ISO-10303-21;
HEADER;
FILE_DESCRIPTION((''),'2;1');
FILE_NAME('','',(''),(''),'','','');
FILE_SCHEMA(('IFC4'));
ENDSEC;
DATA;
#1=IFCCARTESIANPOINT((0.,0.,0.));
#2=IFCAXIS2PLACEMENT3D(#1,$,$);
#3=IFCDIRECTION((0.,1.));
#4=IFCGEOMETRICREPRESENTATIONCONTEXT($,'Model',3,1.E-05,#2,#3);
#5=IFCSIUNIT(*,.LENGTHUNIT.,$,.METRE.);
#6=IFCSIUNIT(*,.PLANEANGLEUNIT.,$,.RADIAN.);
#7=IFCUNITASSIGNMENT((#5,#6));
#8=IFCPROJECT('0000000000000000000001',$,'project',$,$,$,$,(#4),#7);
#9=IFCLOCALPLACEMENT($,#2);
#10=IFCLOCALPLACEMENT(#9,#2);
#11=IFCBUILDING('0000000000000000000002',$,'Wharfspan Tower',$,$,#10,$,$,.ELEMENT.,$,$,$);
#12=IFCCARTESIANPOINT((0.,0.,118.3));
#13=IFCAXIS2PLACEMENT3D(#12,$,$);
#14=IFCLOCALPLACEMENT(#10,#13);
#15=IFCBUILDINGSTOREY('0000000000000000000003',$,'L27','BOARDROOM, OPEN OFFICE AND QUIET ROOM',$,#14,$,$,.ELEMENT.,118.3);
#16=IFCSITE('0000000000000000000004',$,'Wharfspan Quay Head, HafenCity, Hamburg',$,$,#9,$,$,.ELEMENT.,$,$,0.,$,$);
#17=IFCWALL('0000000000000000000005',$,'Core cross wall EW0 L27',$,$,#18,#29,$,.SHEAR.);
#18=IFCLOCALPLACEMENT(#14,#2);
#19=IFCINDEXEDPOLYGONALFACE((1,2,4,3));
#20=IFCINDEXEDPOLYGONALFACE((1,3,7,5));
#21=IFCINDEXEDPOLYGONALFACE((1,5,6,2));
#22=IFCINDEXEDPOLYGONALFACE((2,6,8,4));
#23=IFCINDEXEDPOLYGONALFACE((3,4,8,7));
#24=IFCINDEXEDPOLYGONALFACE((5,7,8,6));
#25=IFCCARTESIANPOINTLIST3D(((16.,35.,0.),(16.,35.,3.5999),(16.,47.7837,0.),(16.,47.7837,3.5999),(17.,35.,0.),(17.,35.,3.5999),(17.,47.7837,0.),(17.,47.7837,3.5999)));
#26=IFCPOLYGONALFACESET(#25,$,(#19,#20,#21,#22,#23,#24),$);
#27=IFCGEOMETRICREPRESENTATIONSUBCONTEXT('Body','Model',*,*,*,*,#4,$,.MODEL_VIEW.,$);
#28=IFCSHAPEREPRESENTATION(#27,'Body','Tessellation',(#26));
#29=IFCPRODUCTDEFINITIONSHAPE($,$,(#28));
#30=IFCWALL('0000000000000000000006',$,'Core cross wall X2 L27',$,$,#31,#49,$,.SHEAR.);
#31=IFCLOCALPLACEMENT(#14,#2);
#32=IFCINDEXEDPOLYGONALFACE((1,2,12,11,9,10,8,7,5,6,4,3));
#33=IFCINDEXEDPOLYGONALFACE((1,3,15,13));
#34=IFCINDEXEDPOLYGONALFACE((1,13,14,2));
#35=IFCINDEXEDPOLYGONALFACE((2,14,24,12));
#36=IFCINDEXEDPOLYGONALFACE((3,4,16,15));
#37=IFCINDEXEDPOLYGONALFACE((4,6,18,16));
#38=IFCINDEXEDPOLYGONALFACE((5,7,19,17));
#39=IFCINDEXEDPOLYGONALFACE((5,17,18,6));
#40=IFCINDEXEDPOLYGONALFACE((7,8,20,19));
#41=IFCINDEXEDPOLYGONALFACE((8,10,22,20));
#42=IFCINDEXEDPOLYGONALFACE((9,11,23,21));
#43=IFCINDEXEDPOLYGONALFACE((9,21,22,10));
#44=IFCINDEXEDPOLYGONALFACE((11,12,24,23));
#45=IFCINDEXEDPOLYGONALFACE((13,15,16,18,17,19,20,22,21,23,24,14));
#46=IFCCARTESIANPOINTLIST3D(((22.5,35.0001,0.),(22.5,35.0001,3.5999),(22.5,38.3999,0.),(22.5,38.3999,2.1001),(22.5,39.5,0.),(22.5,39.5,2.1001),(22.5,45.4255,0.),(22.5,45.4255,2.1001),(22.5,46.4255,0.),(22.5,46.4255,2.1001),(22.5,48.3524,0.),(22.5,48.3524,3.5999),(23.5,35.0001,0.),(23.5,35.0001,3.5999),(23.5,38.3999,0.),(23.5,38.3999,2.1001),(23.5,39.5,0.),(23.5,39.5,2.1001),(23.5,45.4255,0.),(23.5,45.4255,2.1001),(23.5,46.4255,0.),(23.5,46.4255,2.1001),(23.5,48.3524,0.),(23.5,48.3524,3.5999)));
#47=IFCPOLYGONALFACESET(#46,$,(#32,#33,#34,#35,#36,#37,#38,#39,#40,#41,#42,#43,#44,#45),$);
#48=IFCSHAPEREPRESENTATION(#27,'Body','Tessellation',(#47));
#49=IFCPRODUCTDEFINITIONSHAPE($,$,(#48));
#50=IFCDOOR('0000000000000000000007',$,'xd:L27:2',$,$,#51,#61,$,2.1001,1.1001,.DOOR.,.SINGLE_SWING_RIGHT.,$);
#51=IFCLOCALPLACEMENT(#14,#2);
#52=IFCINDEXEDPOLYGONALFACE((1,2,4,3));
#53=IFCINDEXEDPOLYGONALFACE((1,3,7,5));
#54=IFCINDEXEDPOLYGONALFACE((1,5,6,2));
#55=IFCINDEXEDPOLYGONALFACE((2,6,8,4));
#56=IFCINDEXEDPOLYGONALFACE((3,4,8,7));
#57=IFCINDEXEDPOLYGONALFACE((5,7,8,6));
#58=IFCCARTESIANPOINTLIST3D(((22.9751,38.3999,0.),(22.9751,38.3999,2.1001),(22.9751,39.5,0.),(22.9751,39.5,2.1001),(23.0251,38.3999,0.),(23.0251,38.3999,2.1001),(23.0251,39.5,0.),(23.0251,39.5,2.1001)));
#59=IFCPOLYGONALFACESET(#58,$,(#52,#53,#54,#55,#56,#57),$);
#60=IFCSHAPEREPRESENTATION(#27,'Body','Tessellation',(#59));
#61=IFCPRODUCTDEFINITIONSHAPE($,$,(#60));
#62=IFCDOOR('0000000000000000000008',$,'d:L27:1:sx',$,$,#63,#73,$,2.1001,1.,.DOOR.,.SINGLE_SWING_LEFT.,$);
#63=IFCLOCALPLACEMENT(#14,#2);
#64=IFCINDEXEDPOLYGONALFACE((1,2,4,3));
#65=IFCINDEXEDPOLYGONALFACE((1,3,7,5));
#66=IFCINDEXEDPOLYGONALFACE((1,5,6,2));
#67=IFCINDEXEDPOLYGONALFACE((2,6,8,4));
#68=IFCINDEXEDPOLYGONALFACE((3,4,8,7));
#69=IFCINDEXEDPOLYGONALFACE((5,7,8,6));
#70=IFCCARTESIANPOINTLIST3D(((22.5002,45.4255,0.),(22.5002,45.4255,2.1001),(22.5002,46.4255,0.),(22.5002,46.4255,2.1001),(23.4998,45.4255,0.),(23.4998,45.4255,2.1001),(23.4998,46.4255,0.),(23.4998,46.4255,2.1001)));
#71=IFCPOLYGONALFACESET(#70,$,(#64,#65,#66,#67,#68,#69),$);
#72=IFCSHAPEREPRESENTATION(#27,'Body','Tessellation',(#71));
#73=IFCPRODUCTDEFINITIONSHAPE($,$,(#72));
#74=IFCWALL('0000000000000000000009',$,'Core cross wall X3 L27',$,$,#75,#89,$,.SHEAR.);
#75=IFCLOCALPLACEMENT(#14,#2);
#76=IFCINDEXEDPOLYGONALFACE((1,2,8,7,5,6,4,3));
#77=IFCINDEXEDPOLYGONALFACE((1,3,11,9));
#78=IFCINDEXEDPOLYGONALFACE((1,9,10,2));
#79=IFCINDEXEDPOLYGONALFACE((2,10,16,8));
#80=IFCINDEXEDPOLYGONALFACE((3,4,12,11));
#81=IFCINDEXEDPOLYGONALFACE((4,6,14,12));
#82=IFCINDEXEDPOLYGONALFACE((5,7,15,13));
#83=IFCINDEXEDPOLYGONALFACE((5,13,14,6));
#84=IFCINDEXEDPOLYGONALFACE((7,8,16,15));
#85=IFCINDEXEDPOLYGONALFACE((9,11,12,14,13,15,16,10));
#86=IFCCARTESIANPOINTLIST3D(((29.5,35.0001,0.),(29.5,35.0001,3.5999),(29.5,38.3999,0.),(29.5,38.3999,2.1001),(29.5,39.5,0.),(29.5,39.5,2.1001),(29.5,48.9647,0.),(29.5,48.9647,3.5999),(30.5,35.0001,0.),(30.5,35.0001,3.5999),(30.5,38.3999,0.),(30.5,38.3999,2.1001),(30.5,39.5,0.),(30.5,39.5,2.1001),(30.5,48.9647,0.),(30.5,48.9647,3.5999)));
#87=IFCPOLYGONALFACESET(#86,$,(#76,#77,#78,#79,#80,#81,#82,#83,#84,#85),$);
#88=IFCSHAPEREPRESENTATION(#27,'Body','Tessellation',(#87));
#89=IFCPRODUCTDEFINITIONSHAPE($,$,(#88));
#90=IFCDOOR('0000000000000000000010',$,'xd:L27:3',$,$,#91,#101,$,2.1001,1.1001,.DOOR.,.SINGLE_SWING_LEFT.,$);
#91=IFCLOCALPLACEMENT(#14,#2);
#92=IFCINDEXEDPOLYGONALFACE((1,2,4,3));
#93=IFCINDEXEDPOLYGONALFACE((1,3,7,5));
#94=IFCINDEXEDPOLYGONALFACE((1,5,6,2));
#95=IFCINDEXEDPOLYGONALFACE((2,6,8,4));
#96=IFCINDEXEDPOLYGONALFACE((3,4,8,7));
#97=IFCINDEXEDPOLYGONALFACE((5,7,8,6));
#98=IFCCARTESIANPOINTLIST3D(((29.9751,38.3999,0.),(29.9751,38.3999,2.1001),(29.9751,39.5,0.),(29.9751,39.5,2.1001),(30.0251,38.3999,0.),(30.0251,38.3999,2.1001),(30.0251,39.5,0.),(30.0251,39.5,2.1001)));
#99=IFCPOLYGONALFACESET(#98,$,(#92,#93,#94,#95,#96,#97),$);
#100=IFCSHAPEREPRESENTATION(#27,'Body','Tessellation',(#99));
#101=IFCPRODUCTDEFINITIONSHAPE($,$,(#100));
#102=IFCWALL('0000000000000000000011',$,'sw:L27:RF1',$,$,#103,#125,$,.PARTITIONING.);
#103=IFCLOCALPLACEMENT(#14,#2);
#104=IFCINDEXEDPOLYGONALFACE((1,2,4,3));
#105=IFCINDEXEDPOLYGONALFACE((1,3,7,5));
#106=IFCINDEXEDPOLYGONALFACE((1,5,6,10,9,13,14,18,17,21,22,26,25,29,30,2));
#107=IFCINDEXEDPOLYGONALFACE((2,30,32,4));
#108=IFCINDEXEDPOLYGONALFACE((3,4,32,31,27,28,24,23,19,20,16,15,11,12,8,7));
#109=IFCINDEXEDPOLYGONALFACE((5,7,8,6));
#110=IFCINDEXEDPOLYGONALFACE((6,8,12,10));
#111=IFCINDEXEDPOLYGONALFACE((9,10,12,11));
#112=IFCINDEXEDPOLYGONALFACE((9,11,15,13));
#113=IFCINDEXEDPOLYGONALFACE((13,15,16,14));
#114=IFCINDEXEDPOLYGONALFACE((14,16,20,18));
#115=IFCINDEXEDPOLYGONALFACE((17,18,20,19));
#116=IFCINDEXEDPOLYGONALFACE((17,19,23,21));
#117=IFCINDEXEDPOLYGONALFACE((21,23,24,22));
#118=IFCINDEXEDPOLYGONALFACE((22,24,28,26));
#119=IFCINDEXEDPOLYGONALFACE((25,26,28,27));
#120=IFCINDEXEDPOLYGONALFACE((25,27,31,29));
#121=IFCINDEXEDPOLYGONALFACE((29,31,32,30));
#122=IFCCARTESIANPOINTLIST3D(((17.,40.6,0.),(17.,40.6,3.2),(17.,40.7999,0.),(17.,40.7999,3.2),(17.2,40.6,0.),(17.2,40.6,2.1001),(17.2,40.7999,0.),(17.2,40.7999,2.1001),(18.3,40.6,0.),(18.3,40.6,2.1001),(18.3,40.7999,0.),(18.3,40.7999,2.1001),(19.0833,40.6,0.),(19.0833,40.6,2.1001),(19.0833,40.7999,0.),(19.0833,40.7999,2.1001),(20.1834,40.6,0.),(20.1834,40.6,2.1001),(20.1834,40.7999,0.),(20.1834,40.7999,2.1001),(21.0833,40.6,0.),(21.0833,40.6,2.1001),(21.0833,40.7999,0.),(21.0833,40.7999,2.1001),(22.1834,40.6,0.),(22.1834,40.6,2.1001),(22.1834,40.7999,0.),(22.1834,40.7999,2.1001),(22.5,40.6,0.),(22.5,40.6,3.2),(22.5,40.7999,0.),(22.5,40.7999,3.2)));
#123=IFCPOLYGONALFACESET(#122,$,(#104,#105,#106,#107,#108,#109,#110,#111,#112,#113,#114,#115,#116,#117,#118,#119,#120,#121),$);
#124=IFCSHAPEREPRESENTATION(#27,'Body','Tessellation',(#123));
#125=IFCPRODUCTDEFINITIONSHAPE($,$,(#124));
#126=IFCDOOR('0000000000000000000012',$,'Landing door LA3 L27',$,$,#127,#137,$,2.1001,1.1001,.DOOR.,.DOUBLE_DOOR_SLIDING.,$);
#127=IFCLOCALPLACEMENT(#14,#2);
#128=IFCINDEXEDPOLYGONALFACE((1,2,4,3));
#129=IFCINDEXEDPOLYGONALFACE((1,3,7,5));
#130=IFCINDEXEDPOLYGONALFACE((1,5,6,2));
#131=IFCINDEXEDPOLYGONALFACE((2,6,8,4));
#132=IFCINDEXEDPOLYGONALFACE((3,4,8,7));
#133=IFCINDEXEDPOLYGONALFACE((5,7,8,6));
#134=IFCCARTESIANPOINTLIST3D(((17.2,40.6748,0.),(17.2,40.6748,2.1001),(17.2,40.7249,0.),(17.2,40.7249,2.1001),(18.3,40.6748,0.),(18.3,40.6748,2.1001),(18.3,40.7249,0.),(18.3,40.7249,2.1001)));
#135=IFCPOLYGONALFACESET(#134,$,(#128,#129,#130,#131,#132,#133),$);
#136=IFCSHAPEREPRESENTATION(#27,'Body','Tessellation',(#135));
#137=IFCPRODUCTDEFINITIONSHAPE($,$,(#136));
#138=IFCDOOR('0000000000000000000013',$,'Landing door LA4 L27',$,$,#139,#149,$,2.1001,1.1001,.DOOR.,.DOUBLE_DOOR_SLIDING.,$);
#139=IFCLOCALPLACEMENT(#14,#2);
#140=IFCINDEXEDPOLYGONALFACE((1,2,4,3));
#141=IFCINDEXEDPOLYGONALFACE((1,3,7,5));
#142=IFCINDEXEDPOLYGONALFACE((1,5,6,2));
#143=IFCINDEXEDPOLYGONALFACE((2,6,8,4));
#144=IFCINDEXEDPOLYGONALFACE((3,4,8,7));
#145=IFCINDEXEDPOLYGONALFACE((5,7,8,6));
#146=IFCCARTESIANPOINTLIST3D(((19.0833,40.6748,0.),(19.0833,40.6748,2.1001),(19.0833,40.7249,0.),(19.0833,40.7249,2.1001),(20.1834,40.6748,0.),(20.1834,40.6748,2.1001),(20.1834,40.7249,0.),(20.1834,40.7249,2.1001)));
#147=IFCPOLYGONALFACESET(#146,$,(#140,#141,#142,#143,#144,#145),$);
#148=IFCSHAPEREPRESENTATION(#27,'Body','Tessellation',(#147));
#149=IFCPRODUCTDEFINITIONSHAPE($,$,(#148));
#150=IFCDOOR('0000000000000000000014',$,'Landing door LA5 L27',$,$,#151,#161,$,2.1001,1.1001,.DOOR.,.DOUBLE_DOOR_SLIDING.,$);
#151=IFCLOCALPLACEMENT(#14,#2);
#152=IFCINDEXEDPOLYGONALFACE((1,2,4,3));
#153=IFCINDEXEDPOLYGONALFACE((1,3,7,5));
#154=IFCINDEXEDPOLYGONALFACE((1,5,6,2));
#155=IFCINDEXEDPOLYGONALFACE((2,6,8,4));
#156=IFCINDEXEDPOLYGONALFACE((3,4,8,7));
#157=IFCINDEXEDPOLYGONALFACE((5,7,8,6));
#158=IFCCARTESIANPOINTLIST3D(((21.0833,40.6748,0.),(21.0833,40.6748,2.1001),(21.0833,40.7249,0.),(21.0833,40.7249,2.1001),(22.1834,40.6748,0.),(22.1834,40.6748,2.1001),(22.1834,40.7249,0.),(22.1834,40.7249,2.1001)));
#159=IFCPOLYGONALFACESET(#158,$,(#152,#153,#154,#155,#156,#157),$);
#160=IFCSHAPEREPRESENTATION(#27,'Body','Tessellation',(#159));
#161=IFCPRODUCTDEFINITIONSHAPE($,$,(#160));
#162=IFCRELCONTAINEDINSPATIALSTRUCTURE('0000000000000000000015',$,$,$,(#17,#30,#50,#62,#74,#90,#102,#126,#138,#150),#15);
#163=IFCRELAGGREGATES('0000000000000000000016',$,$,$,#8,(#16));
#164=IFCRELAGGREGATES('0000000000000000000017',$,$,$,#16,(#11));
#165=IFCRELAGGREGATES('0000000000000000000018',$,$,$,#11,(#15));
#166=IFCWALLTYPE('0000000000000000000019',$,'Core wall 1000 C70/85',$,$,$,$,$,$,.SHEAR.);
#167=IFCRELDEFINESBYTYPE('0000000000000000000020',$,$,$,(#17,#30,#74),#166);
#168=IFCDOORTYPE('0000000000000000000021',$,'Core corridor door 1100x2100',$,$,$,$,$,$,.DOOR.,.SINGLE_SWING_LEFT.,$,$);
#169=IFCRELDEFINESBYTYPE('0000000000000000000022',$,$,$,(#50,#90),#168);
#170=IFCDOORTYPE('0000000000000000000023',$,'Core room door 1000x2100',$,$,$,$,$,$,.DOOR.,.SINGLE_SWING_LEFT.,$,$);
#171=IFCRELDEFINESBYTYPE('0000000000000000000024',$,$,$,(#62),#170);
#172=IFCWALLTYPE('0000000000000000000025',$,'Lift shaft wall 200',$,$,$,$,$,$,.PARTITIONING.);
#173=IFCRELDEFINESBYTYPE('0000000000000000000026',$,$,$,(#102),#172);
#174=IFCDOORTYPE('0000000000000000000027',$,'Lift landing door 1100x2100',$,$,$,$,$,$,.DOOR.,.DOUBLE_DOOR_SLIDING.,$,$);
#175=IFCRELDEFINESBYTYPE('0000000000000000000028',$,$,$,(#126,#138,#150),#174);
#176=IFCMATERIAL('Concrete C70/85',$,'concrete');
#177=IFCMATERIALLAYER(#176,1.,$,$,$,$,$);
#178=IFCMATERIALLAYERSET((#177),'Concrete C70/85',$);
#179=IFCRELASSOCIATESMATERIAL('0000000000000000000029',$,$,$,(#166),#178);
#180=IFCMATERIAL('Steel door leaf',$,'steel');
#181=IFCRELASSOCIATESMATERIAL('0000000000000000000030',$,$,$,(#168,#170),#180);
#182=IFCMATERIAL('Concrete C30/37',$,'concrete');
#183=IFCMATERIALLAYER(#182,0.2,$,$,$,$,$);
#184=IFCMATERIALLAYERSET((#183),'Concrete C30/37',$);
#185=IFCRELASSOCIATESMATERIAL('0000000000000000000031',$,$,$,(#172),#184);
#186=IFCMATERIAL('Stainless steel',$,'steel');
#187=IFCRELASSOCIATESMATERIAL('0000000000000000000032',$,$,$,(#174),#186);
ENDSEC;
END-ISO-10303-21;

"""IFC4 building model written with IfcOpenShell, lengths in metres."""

from ifc_helpers import new_model, si_unit, direction, frame, frame_2d, origin, place, context, subcontext, project, spatial, rectangle, extrude, material, layer, layer_set, type_object, element, fill, save


model = new_model("IFC4")

# Units and contexts
model_context = context("Model", 3, precision=1e-05, world=origin(), true_north=direction((0.0, 1.0)))
body_context = subcontext(model_context, "Body", "Model", "MODEL_VIEW")
ifc_project = project(units=[si_unit("LENGTHUNIT", "METRE"), si_unit("PLANEANGLEUNIT", "RADIAN")], contexts=[model_context])

# Site, building, storey
site_placement = place(None, origin())
site = spatial("IfcSite", under=ifc_project, at=site_placement, Name="Wharfspan Quay Head, HafenCity, Hamburg", CompositionType="ELEMENT", RefElevation=0.0)
building_placement = place(site_placement, origin())
building = spatial("IfcBuilding", under=site, at=building_placement, Name="Wharfspan Tower", CompositionType="ELEMENT")
storey_placement = place(building_placement, frame((0.0, 0.0, 118.3)))
storey = spatial("IfcBuildingStorey", under=building, at=storey_placement, Name="L27", Description="BOARDROOM, OPEN OFFICE AND QUIET ROOM", CompositionType="ELEMENT", Elevation=118.3)

# Wall
ifc_material_1 = material(Name="Concrete C70/85", Category="concrete")
ifc_layer_1 = layer(ifc_material_1, 1.0)
ifc_layer_set_1 = layer_set([ifc_layer_1], Name="Concrete C70/85")
wall_type_1 = type_object("IfcWallType", Name="Core wall 1000 C70/85", PredefinedType="SHEAR", material=ifc_layer_set_1)
wall_1_placement = place(storey_placement, frame((16.5, 35.0, 0.0), z_axis=(0.0, 0.0, 1.0), x_axis=(0.0, 1.0, 0.0)))
element("IfcWall", 1, at=wall_1_placement, inside=storey, type_object=wall_type_1, Name="Core cross wall EW0 L27", PredefinedType="SHEAR", context=body_context, shape_type="SweptSolid", body=[
    extrude(rectangle(XDim=12.7837, YDim=1.0, at=frame_2d((6.3918, 0.0))), origin(), (0.0, 0.0, 1.0), 3.5999),
])

# Wall, openings, doors
wall_2_placement = place(storey_placement, frame((23.0, 35.0, 0.0), z_axis=(0.0, 0.0, 1.0), x_axis=(0.0, 1.0, 0.0)))
wall_2 = element("IfcWall", 2, at=wall_2_placement, inside=storey, type_object=wall_type_1, Name="Core cross wall X2 L27", PredefinedType="SHEAR", context=body_context, shape_type="SweptSolid", body=[
    extrude(rectangle(XDim=13.3523, YDim=1.0, at=frame_2d((6.6763, 0.0))), origin(), (0.0, 0.0, 1.0), 3.5999),
])
opening_1_placement = place(wall_2_placement, frame((10.4255, 0.0, 0.0)))
opening_1 = element("IfcOpeningElement", 3, at=opening_1_placement, cuts=wall_2, PredefinedType="OPENING", context=body_context, shape_type="SweptSolid", body=[
    extrude(rectangle(XDim=1.0, YDim=2.1001, at=frame_2d((0.5, 1.05))), frame((0.0, 0.51, 0.0), z_axis=(0.0, -1.0, 0.0), x_axis=(1.0, 0.0, 0.0)), (0.0, 0.0, 1.0), 1.02),
])
opening_2_placement = place(wall_2_placement, frame((3.3999, 0.0, 0.0)))
opening_2 = element("IfcOpeningElement", 4, at=opening_2_placement, cuts=wall_2, PredefinedType="OPENING", context=body_context, shape_type="SweptSolid", body=[
    extrude(rectangle(XDim=1.1001, YDim=2.1001, at=frame_2d((0.55, 1.05))), frame((0.0, 0.51, 0.0), z_axis=(0.0, -1.0, 0.0), x_axis=(1.0, 0.0, 0.0)), (0.0, 0.0, 1.0), 1.02),
])
ifc_material_2 = material(Name="Steel door leaf", Category="steel")
door_type_1 = type_object("IfcDoorType", Name="Core corridor door 1100x2100", OperationType="SINGLE_SWING_LEFT", PredefinedType="DOOR", material=ifc_material_2)
door_1_placement = place(opening_2_placement, origin())
door_1 = element("IfcDoor", 5, at=door_1_placement, inside=storey, type_object=door_type_1, Name="xd:L27:2", OperationType="SINGLE_SWING_RIGHT", OverallHeight=2.1001, OverallWidth=1.1001, PredefinedType="DOOR", context=body_context, shape_type="SweptSolid", body=[
    extrude(rectangle(XDim=1.1001, YDim=2.1001, at=frame_2d((0.55, 1.05))), frame((0.0, 0.0249, 0.0), z_axis=(0.0, -1.0, 0.0), x_axis=(1.0, 0.0, 0.0)), (0.0, 0.0, 1.0), 0.05),
])
fill(opening_2, door_1)
door_type_2 = type_object("IfcDoorType", Name="Core room door 1000x2100", OperationType="SINGLE_SWING_LEFT", PredefinedType="DOOR", material=ifc_material_2)
door_2_placement = place(opening_1_placement, origin())
door_2 = element("IfcDoor", 6, at=door_2_placement, inside=storey, type_object=door_type_2, Name="d:L27:1:sx", OperationType="SINGLE_SWING_LEFT", OverallHeight=2.1001, OverallWidth=1.0, PredefinedType="DOOR", context=body_context, shape_type="SweptSolid", body=[
    extrude(rectangle(XDim=1.0, YDim=2.1001, at=frame_2d((0.5, 1.05))), frame((0.0, 0.4998, 0.0), z_axis=(0.0, -1.0, 0.0), x_axis=(1.0, 0.0, 0.0)), (0.0, 0.0, 1.0), 0.9995),
])
fill(opening_1, door_2)

# Wall, opening, door
wall_3_placement = place(storey_placement, frame((30.0, 35.0, 0.0), z_axis=(0.0, 0.0, 1.0), x_axis=(0.0, 1.0, 0.0)))
wall_3 = element("IfcWall", 7, at=wall_3_placement, inside=storey, type_object=wall_type_1, Name="Core cross wall X3 L27", PredefinedType="SHEAR", context=body_context, shape_type="SweptSolid", body=[
    extrude(rectangle(XDim=13.9646, YDim=1.0, at=frame_2d((6.9824, 0.0))), origin(), (0.0, 0.0, 1.0), 3.5999),
])
opening_3_placement = place(wall_3_placement, frame((3.3999, 0.0, 0.0)))
opening_3 = element("IfcOpeningElement", 8, at=opening_3_placement, cuts=wall_3, PredefinedType="OPENING", context=body_context, shape_type="SweptSolid", body=[
    extrude(rectangle(XDim=1.1001, YDim=2.1001, at=frame_2d((0.55, 1.05))), frame((0.0, 0.51, 0.0), z_axis=(0.0, -1.0, 0.0), x_axis=(1.0, 0.0, 0.0)), (0.0, 0.0, 1.0), 1.02),
])
door_3_placement = place(opening_3_placement, origin())
door_3 = element("IfcDoor", 9, at=door_3_placement, inside=storey, type_object=door_type_1, Name="xd:L27:3", OperationType="SINGLE_SWING_LEFT", OverallHeight=2.1001, OverallWidth=1.1001, PredefinedType="DOOR", context=body_context, shape_type="SweptSolid", body=[
    extrude(rectangle(XDim=1.1001, YDim=2.1001, at=frame_2d((0.55, 1.05))), frame((0.0, 0.0249, 0.0), z_axis=(0.0, -1.0, 0.0), x_axis=(1.0, 0.0, 0.0)), (0.0, 0.0, 1.0), 0.05),
])
fill(opening_3, door_3)

# Wall, openings, doors
ifc_material_3 = material(Name="Concrete C30/37", Category="concrete")
ifc_layer_2 = layer(ifc_material_3, 0.2)
ifc_layer_set_2 = layer_set([ifc_layer_2], Name="Concrete C30/37")
wall_type_2 = type_object("IfcWallType", Name="Lift shaft wall 200", PredefinedType="PARTITIONING", material=ifc_layer_set_2)
wall_4_placement = place(storey_placement, frame((17.0, 40.7, 0.0), z_axis=(0.0, 0.0, 1.0), x_axis=(1.0, 0.0, 0.0)))
wall_4 = element("IfcWall", 10, at=wall_4_placement, inside=storey, type_object=wall_type_2, Name="sw:L27:RF1", PredefinedType="PARTITIONING", context=body_context, shape_type="SweptSolid", body=[
    extrude(rectangle(XDim=5.5, YDim=0.2, at=frame_2d((2.75, 0.0))), origin(), (0.0, 0.0, 1.0), 3.2),
])
opening_4_placement = place(wall_4_placement, frame((0.2, 0.0, 0.0)))
opening_4 = element("IfcOpeningElement", 11, at=opening_4_placement, cuts=wall_4, PredefinedType="OPENING", context=body_context, shape_type="SweptSolid", body=[
    extrude(rectangle(XDim=1.1001, YDim=2.1001, at=frame_2d((0.55, 1.05))), frame((0.0, 0.1099, 0.0), z_axis=(0.0, -1.0, 0.0), x_axis=(1.0, 0.0, 0.0)), (0.0, 0.0, 1.0), 0.22),
])
opening_5_placement = place(wall_4_placement, frame((2.0833, 0.0, 0.0)))
opening_5 = element("IfcOpeningElement", 12, at=opening_5_placement, cuts=wall_4, PredefinedType="OPENING", context=body_context, shape_type="SweptSolid", body=[
    extrude(rectangle(XDim=1.1001, YDim=2.1001, at=frame_2d((0.55, 1.05))), frame((0.0, 0.1099, 0.0), z_axis=(0.0, -1.0, 0.0), x_axis=(1.0, 0.0, 0.0)), (0.0, 0.0, 1.0), 0.22),
])
opening_6_placement = place(wall_4_placement, frame((4.0833, 0.0, 0.0)))
opening_6 = element("IfcOpeningElement", 13, at=opening_6_placement, cuts=wall_4, PredefinedType="OPENING", context=body_context, shape_type="SweptSolid", body=[
    extrude(rectangle(XDim=1.1001, YDim=2.1001, at=frame_2d((0.55, 1.05))), frame((0.0, 0.1099, 0.0), z_axis=(0.0, -1.0, 0.0), x_axis=(1.0, 0.0, 0.0)), (0.0, 0.0, 1.0), 0.22),
])
ifc_material_4 = material(Name="Stainless steel", Category="steel")
door_type_3 = type_object("IfcDoorType", Name="Lift landing door 1100x2100", OperationType="DOUBLE_DOOR_SLIDING", PredefinedType="DOOR", material=ifc_material_4)
door_4_placement = place(opening_4_placement, origin())
door_4 = element("IfcDoor", 14, at=door_4_placement, inside=storey, type_object=door_type_3, Name="Landing door LA3 L27", OperationType="DOUBLE_DOOR_SLIDING", OverallHeight=2.1001, OverallWidth=1.1001, PredefinedType="DOOR", context=body_context, shape_type="SweptSolid", body=[
    extrude(rectangle(XDim=1.1001, YDim=2.1001, at=frame_2d((0.55, 1.05))), frame((0.0, 0.0249, 0.0), z_axis=(0.0, -1.0, 0.0), x_axis=(1.0, 0.0, 0.0)), (0.0, 0.0, 1.0), 0.05),
])
fill(opening_4, door_4)
door_5_placement = place(opening_5_placement, origin())
door_5 = element("IfcDoor", 15, at=door_5_placement, inside=storey, type_object=door_type_3, Name="Landing door LA4 L27", OperationType="DOUBLE_DOOR_SLIDING", OverallHeight=2.1001, OverallWidth=1.1001, PredefinedType="DOOR", context=body_context, shape_type="SweptSolid", body=[
    extrude(rectangle(XDim=1.1001, YDim=2.1001, at=frame_2d((0.55, 1.05))), frame((0.0, 0.0249, 0.0), z_axis=(0.0, -1.0, 0.0), x_axis=(1.0, 0.0, 0.0)), (0.0, 0.0, 1.0), 0.05),
])
fill(opening_5, door_5)
door_6_placement = place(opening_6_placement, origin())
door_6 = element("IfcDoor", 16, at=door_6_placement, inside=storey, type_object=door_type_3, Name="Landing door LA5 L27", OperationType="DOUBLE_DOOR_SLIDING", OverallHeight=2.1001, OverallWidth=1.1001, PredefinedType="DOOR", context=body_context, shape_type="SweptSolid", body=[
    extrude(rectangle(XDim=1.1001, YDim=2.1001, at=frame_2d((0.55, 1.05))), frame((0.0, 0.0249, 0.0), z_axis=(0.0, -1.0, 0.0), x_axis=(1.0, 0.0, 0.0)), (0.0, 0.0, 1.0), 0.05),
])
fill(opening_6, door_6)

save(model, "model.ifc")
